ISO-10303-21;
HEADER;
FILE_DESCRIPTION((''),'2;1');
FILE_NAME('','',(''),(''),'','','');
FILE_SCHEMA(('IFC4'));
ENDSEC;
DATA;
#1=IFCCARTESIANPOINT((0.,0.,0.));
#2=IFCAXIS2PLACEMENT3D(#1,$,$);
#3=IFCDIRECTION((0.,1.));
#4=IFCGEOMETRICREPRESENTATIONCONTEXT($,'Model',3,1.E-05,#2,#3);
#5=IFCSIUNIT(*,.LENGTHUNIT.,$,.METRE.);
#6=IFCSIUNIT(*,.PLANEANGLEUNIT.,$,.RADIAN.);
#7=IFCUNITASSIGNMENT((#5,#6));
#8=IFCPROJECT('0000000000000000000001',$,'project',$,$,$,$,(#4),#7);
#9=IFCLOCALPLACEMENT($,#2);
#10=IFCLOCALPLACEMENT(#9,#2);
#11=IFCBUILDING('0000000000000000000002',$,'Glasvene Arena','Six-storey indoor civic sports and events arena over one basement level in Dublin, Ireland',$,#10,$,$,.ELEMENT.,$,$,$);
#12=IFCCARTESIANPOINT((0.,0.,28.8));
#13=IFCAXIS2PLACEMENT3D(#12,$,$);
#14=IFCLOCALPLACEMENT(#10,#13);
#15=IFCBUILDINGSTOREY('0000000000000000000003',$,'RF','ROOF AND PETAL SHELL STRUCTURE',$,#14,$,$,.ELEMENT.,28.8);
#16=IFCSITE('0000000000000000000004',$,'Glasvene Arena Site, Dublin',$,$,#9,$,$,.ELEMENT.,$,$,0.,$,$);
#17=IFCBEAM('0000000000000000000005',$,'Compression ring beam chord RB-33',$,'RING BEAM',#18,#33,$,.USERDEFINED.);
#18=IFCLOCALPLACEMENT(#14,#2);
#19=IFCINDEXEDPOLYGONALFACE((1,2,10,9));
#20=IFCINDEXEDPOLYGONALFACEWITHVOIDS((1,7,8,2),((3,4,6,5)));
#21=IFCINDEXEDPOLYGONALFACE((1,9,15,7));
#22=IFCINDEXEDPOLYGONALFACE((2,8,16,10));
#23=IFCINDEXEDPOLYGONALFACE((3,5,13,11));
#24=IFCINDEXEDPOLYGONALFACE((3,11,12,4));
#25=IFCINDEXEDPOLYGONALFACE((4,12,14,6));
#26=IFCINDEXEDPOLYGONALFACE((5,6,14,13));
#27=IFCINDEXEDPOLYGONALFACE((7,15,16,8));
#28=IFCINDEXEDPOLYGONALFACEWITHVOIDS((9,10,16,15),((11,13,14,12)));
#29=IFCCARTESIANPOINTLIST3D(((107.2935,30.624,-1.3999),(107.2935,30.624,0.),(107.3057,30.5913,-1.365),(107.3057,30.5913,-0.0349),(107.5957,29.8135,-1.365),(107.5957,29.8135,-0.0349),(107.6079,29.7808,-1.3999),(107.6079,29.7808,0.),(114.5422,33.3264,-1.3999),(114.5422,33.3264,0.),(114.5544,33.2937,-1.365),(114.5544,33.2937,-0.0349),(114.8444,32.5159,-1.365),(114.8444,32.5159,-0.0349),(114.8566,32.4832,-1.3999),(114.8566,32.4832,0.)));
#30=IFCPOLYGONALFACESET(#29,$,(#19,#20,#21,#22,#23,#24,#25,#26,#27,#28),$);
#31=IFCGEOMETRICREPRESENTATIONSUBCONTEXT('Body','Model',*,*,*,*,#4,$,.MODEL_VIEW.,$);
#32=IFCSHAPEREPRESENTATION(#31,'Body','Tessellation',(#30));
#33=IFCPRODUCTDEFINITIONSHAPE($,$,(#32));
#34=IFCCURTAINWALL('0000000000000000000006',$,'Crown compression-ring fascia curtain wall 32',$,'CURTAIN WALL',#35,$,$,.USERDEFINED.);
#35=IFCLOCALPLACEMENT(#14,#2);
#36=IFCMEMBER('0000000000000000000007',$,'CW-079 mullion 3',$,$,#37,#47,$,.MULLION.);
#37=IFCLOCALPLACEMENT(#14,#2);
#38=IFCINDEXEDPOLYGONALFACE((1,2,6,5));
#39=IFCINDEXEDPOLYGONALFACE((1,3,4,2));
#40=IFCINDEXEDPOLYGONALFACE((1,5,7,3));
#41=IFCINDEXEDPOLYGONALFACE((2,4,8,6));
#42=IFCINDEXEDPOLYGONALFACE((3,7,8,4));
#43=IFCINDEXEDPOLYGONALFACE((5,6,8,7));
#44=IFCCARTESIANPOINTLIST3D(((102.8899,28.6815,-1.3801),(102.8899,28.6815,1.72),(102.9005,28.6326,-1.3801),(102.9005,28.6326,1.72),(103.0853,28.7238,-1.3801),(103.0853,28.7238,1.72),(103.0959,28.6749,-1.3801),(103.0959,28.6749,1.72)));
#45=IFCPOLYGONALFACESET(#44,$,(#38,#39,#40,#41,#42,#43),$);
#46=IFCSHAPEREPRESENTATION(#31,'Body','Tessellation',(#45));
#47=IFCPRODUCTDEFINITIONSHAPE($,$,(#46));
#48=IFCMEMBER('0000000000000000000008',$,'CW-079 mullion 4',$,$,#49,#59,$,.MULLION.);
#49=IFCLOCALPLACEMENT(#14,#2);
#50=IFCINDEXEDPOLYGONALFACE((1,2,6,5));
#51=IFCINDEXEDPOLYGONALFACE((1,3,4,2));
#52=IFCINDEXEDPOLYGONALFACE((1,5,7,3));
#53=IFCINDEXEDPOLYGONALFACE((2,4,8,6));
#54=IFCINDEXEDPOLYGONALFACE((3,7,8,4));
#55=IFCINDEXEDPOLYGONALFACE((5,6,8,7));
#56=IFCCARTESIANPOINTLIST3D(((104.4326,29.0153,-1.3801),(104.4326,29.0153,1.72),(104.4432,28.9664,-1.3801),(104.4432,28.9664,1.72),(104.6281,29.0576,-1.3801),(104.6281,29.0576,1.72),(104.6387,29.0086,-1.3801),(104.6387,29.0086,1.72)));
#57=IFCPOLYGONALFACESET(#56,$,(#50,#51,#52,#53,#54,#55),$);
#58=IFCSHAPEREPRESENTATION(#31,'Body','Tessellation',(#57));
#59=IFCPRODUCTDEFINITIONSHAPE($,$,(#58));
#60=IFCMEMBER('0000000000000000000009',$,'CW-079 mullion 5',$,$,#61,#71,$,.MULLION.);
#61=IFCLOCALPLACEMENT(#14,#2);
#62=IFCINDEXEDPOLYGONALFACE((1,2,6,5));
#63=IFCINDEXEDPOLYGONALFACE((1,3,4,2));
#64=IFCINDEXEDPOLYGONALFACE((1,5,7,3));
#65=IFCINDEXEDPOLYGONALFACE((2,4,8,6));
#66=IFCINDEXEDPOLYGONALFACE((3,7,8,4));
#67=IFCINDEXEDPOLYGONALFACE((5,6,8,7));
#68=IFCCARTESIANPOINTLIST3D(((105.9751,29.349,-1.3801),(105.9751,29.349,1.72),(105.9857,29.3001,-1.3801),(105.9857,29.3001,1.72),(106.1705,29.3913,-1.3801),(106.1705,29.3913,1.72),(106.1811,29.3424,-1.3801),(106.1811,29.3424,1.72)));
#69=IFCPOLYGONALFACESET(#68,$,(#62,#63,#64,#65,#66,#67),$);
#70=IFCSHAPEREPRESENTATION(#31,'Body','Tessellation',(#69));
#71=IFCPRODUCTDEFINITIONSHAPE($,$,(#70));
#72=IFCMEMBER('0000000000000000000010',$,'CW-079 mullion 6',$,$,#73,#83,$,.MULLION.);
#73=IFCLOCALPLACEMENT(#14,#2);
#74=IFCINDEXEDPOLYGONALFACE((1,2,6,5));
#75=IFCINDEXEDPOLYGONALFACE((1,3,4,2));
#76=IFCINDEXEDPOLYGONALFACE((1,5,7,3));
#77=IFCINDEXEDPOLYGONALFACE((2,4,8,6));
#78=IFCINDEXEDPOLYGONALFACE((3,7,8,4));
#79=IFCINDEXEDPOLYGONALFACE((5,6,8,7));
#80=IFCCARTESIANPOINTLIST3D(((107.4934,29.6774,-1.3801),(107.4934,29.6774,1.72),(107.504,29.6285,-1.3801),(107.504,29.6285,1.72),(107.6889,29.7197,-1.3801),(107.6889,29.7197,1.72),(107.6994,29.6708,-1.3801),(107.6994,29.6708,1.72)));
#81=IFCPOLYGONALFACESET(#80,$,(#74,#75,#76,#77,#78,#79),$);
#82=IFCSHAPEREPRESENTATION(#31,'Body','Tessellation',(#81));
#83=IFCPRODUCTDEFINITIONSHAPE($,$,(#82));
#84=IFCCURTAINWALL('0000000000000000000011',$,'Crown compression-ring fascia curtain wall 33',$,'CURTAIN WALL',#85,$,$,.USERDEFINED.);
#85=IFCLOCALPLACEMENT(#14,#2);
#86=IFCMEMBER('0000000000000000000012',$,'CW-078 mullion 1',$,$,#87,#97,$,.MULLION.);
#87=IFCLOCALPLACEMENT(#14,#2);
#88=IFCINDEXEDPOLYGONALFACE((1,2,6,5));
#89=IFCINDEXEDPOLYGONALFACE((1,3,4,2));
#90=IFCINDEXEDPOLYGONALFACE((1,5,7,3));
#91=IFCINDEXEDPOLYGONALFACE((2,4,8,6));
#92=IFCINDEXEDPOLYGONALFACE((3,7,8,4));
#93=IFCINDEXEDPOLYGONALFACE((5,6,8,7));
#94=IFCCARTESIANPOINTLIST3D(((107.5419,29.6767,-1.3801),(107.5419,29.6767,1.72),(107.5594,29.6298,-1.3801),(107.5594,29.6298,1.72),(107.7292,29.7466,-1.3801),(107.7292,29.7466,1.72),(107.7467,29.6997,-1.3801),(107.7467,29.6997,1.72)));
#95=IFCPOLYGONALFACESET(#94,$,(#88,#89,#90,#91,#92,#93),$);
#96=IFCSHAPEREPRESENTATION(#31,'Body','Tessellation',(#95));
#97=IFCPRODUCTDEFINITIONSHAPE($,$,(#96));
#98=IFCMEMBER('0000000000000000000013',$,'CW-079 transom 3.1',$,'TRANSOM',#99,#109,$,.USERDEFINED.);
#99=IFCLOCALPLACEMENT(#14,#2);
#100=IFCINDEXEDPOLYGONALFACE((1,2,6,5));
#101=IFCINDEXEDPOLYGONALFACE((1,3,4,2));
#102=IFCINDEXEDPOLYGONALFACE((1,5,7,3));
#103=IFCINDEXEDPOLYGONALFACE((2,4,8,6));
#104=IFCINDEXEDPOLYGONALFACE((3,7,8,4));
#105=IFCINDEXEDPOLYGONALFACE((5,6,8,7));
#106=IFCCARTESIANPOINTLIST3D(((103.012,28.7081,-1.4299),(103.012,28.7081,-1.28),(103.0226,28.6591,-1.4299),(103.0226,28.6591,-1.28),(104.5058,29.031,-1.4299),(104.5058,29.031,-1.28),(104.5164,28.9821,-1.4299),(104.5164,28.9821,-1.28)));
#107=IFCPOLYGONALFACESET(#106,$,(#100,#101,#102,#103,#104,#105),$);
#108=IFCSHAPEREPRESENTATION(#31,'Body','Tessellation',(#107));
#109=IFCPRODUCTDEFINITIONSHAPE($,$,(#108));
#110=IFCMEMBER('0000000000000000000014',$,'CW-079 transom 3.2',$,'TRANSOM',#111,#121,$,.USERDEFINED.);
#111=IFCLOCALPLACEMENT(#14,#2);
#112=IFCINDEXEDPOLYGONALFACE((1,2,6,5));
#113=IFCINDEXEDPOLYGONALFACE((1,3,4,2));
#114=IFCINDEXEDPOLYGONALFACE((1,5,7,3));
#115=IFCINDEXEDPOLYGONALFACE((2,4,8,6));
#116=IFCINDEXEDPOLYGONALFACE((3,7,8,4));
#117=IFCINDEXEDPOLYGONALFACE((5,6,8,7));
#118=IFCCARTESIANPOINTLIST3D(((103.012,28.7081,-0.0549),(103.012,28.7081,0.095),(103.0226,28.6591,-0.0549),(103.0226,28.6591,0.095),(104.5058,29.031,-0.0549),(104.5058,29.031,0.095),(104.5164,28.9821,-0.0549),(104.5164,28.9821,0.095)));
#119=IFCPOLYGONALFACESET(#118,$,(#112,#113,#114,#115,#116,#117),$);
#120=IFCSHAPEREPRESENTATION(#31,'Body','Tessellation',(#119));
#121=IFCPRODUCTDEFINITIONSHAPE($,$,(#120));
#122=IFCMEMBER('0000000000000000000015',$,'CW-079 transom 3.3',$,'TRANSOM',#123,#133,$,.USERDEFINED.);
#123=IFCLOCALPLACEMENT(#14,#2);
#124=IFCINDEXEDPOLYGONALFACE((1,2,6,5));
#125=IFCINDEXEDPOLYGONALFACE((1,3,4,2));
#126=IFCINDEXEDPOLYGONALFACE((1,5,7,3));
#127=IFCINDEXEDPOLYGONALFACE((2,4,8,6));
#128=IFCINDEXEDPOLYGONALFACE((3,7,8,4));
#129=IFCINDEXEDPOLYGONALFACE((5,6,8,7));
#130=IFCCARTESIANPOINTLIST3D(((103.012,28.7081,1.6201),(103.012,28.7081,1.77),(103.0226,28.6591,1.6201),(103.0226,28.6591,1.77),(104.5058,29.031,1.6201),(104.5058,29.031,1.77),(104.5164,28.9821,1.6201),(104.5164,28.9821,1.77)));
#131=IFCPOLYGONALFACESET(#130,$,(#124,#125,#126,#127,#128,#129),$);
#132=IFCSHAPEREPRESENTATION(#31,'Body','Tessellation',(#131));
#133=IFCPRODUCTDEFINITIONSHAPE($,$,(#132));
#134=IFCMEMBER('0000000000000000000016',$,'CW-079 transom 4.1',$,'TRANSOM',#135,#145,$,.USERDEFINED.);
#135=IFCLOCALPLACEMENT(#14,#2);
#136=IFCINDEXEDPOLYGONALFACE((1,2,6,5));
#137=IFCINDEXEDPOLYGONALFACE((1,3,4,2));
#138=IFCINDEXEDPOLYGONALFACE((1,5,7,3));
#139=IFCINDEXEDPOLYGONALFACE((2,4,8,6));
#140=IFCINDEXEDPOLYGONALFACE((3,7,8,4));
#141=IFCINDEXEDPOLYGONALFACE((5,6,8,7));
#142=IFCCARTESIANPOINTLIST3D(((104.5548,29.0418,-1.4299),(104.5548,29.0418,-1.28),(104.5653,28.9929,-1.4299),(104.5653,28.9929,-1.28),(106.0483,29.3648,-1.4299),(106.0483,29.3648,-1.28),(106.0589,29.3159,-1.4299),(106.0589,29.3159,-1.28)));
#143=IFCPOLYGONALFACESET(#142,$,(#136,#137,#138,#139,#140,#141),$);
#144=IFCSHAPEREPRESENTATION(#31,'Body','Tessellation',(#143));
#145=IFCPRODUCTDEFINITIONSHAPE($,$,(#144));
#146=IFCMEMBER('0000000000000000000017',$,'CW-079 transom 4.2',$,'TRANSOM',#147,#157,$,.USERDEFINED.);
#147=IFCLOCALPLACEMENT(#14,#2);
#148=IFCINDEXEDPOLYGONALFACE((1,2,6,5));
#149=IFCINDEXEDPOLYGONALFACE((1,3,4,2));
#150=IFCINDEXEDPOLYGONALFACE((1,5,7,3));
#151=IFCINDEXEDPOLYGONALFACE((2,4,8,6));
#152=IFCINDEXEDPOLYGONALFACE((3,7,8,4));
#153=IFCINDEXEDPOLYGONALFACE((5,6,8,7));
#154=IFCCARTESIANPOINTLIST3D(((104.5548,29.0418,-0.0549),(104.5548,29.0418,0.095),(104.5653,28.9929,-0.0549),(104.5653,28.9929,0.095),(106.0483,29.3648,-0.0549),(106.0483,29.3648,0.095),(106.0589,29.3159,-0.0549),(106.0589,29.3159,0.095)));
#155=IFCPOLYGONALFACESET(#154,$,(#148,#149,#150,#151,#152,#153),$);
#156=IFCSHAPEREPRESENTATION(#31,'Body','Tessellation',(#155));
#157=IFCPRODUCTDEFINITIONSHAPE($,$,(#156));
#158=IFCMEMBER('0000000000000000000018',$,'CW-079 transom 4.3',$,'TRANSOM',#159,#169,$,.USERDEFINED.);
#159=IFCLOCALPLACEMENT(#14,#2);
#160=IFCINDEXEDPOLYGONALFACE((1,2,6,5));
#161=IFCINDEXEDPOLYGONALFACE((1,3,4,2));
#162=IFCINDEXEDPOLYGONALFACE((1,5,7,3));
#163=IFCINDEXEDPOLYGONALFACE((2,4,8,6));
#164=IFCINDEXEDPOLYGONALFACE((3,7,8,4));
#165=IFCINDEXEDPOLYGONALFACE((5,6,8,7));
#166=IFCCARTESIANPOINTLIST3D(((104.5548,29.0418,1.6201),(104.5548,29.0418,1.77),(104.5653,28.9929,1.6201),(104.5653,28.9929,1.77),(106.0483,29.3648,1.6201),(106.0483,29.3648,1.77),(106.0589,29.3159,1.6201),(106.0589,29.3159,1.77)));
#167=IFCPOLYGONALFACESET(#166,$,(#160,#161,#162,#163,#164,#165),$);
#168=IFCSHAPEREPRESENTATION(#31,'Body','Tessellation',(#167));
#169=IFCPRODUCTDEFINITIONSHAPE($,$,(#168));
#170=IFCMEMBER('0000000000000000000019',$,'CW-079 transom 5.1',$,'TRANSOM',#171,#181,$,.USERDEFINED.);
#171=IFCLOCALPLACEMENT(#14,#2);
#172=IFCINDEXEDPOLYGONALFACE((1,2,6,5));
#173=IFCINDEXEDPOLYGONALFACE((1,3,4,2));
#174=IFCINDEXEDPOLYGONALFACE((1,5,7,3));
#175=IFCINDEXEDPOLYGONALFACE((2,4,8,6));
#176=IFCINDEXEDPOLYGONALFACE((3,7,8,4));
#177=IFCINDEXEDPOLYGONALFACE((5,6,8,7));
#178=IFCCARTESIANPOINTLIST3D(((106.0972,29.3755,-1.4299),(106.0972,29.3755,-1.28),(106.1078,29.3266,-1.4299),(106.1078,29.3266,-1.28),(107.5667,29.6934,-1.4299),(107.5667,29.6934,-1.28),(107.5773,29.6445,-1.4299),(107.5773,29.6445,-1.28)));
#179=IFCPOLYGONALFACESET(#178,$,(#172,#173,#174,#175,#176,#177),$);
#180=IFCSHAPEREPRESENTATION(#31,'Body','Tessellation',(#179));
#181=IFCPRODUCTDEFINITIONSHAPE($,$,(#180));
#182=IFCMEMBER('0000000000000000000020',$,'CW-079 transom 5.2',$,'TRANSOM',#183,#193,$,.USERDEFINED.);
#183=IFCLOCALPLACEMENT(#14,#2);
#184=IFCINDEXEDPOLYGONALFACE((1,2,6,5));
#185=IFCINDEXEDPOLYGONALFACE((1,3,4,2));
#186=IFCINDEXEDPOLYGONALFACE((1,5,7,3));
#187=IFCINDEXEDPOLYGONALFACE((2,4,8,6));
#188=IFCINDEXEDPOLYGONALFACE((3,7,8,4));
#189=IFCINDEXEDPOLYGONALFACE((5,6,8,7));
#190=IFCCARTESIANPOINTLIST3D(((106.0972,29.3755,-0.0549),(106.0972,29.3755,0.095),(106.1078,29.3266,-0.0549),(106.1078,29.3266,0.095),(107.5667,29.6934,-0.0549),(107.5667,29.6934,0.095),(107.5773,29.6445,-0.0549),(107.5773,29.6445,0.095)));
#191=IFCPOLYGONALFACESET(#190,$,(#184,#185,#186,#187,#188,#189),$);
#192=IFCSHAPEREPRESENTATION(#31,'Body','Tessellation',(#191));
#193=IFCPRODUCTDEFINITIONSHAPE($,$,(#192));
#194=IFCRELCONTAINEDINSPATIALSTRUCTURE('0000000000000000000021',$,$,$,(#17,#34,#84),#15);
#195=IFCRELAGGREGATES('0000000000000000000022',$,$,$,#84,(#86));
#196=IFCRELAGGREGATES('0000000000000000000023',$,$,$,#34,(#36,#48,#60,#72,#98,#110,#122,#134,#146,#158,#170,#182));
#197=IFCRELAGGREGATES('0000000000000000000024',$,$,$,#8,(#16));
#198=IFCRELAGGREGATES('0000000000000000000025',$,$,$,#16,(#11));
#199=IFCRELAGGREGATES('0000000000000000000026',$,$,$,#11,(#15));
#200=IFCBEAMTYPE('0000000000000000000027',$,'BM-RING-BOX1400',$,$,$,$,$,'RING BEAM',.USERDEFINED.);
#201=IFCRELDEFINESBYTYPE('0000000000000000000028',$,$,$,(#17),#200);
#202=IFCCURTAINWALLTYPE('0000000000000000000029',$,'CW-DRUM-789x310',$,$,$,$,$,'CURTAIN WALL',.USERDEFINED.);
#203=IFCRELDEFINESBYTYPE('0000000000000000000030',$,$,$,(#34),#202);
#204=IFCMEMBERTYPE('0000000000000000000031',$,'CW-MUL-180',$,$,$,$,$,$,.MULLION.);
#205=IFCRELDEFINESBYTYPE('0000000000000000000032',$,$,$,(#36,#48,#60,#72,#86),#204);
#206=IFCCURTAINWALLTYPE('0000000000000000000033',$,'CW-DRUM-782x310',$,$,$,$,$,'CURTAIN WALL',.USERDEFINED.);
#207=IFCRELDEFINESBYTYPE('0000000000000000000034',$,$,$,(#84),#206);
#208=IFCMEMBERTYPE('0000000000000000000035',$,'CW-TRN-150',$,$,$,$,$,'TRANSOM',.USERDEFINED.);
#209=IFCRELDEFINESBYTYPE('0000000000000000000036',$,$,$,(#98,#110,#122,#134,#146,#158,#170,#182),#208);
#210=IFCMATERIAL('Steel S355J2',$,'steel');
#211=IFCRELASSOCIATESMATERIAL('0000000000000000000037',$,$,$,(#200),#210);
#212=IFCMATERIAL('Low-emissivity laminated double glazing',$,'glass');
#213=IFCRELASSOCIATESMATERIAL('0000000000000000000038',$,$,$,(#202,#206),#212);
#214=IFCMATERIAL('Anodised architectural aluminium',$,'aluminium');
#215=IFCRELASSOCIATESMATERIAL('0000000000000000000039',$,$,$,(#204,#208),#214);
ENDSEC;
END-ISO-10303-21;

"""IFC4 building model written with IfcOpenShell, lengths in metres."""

from ifc_helpers import new_model, si_unit, direction, frame, origin, origin_2d, place, context, subcontext, project, spatial, rectangle, hollow_rectangle, extrude, material, material_profile, profile_set, type_object, element, aggregate, save


model = new_model("IFC4")

# Units and contexts
model_context = context("Model", 3, precision=1e-05, world=origin(), true_north=direction((0.0, 1.0)))
body_context = subcontext(model_context, "Body", "Model", "MODEL_VIEW")
ifc_project = project(units=[si_unit("LENGTHUNIT", "METRE"), si_unit("PLANEANGLEUNIT", "RADIAN")], contexts=[model_context])

# Site, building, storey
site_placement = place(None, origin())
site = spatial("IfcSite", under=ifc_project, at=site_placement, Name="Glasvene Arena Site, Dublin", CompositionType="ELEMENT", RefElevation=0.0)
building_placement = place(site_placement, origin())
building = spatial("IfcBuilding", under=site, at=building_placement, Name="Glasvene Arena", Description="Six-storey indoor civic sports and events arena over one basement level in Dublin, Ireland", CompositionType="ELEMENT")
storey_placement = place(building_placement, frame((0.0, 0.0, 28.8)))
storey = spatial("IfcBuildingStorey", under=building, at=storey_placement, Name="RF", Description="ROOF AND PETAL SHELL STRUCTURE", CompositionType="ELEMENT", Elevation=28.8)

# Beam
ifc_material_1 = material(Name="Steel S355J2", Category="steel")
ifc_material_profile_1 = material_profile(ifc_material_1, hollow_rectangle(XDim=0.8999, YDim=1.3999, WallThickness=0.0349, at=origin_2d()), Name="WBOX 900x1400x35")
ifc_profile_set_1 = profile_set([ifc_material_profile_1], Name="Steel S355J2")
beam_type = type_object("IfcBeamType", Name="BM-RING-BOX1400", ElementType="RING BEAM", PredefinedType="USERDEFINED", material=ifc_profile_set_1)
beam_placement = place(storey_placement, frame((107.4507, 30.2024, -0.7), z_axis=(0.937003, 0.349321, 0.0), x_axis=(-0.349321, 0.937003, 0.0)))
element("IfcBeam", 1, at=beam_placement, inside=storey, type_object=beam_type, Name="Compression ring beam chord RB-33", ObjectType="RING BEAM", PredefinedType="USERDEFINED", context=body_context, shape_type="SweptSolid", body=[
    extrude(hollow_rectangle(XDim=0.8999, YDim=1.3999, WallThickness=0.0349, at=origin_2d()), origin(), (0.0, 0.0, 1.0), 7.7361),
])

# Curtain wall, members
ifc_material_2 = material(Name="Low-emissivity laminated double glazing", Category="glass")
curtain_wall_type_1 = type_object("IfcCurtainWallType", Name="CW-DRUM-789x310", ElementType="CURTAIN WALL", PredefinedType="USERDEFINED", material=ifc_material_2)
curtain_wall_1_placement = place(storey_placement, frame((99.9077, 28.0107, 0.0)))
curtain_wall_1 = element("IfcCurtainWall", 2, at=curtain_wall_1_placement, inside=storey, type_object=curtain_wall_type_1, Name="Crown compression-ring fascia curtain wall 32", ObjectType="CURTAIN WALL", PredefinedType="USERDEFINED")
ifc_material_3 = material(Name="Anodised architectural aluminium", Category="aluminium")
ifc_material_profile_2 = material_profile(ifc_material_3, rectangle(XDim=0.05, YDim=0.2, at=origin_2d()), Name="ALU MULLION 50x200")
ifc_profile_set_2 = profile_set([ifc_material_profile_2], Name="Anodised architectural aluminium")
member_type_1 = type_object("IfcMemberType", Name="CW-MUL-180", PredefinedType="MULLION", material=ifc_profile_set_2)
member_1_placement = place(storey_placement, frame((102.9929, 28.6782, -1.3801), z_axis=(0.0, 0.0, 1.0), x_axis=(-0.211445, 0.97739, 0.0)))
member_1 = element("IfcMember", 3, at=member_1_placement, type_object=member_type_1, Name="CW-079 mullion 3", PredefinedType="MULLION", context=body_context, shape_type="SweptSolid", body=[
    extrude(rectangle(XDim=0.05, YDim=0.2, at=origin_2d()), origin(), (0.0, 0.0, 1.0), 3.1001),
])
member_2_placement = place(storey_placement, frame((104.5356, 29.012, -1.3801), z_axis=(0.0, 0.0, 1.0), x_axis=(-0.211445, 0.97739, 0.0)))
member_2 = element("IfcMember", 4, at=member_2_placement, type_object=member_type_1, Name="CW-079 mullion 4", PredefinedType="MULLION", context=body_context, shape_type="SweptSolid", body=[
    extrude(rectangle(XDim=0.05, YDim=0.2, at=origin_2d()), origin(), (0.0, 0.0, 1.0), 3.1001),
])
member_3_placement = place(storey_placement, frame((106.0781, 29.3457, -1.3801), z_axis=(0.0, 0.0, 1.0), x_axis=(-0.211445, 0.97739, 0.0)))
member_3 = element("IfcMember", 5, at=member_3_placement, type_object=member_type_1, Name="CW-079 mullion 5", PredefinedType="MULLION", context=body_context, shape_type="SweptSolid", body=[
    extrude(rectangle(XDim=0.05, YDim=0.2, at=origin_2d()), origin(), (0.0, 0.0, 1.0), 3.1001),
])
member_4_placement = place(storey_placement, frame((107.5964, 29.6741, -1.3801), z_axis=(0.0, 0.0, 1.0), x_axis=(-0.211445, 0.97739, 0.0)))
member_4 = element("IfcMember", 6, at=member_4_placement, type_object=member_type_1, Name="CW-079 mullion 6", PredefinedType="MULLION", context=body_context, shape_type="SweptSolid", body=[
    extrude(rectangle(XDim=0.05, YDim=0.2, at=origin_2d()), origin(), (0.0, 0.0, 1.0), 3.1001),
])

# Curtain wall, member
curtain_wall_type_2 = type_object("IfcCurtainWallType", Name="CW-DRUM-782x310", ElementType="CURTAIN WALL", PredefinedType="USERDEFINED", material=ifc_material_2)
curtain_wall_2_placement = place(storey_placement, frame((107.6208, 29.6794, 0.0)))
curtain_wall_2 = element("IfcCurtainWall", 7, at=curtain_wall_2_placement, inside=storey, type_object=curtain_wall_type_2, Name="Crown compression-ring fascia curtain wall 33", ObjectType="CURTAIN WALL", PredefinedType="USERDEFINED")
member_5_placement = place(storey_placement, frame((107.6443, 29.6882, -1.3801), z_axis=(0.0, 0.0, 1.0), x_axis=(-0.349683, 0.936868, 0.0)))
member_5 = element("IfcMember", 8, at=member_5_placement, type_object=member_type_1, Name="CW-078 mullion 1", PredefinedType="MULLION", context=body_context, shape_type="SweptSolid", body=[
    extrude(rectangle(XDim=0.05, YDim=0.2, at=origin_2d()), origin(), (0.0, 0.0, 1.0), 3.1001),
])

# Members
ifc_material_profile_3 = material_profile(ifc_material_3, rectangle(XDim=0.05, YDim=0.1499, at=origin_2d()), Name="ALU TRANSOM 50x150")
ifc_profile_set_3 = profile_set([ifc_material_profile_3], Name="Anodised architectural aluminium")
member_type_2 = type_object("IfcMemberType", Name="CW-TRN-150", ElementType="TRANSOM", PredefinedType="USERDEFINED", material=ifc_profile_set_3)
member_6_placement = place(storey_placement, frame((103.0173, 28.6836, -1.355), z_axis=(0.977415, 0.211329, 0.0), x_axis=(-0.211329, 0.977415, 0.0)))
member_6 = element("IfcMember", 9, at=member_6_placement, type_object=member_type_2, Name="CW-079 transom 3.1", ObjectType="TRANSOM", PredefinedType="USERDEFINED", context=body_context, shape_type="SweptSolid", body=[
    extrude(rectangle(XDim=0.05, YDim=0.1499, at=origin_2d()), origin(), (0.0, 0.0, 1.0), 1.5283),
])
member_7_placement = place(storey_placement, frame((103.0173, 28.6836, 0.02), z_axis=(0.977415, 0.211329, 0.0), x_axis=(-0.211329, 0.977415, 0.0)))
member_7 = element("IfcMember", 10, at=member_7_placement, type_object=member_type_2, Name="CW-079 transom 3.2", ObjectType="TRANSOM", PredefinedType="USERDEFINED", context=body_context, shape_type="SweptSolid", body=[
    extrude(rectangle(XDim=0.05, YDim=0.1499, at=origin_2d()), origin(), (0.0, 0.0, 1.0), 1.5283),
])
member_8_placement = place(storey_placement, frame((103.0173, 28.6836, 1.6951), z_axis=(0.977415, 0.211329, 0.0), x_axis=(-0.211329, 0.977415, 0.0)))
member_8 = element("IfcMember", 11, at=member_8_placement, type_object=member_type_2, Name="CW-079 transom 3.3", ObjectType="TRANSOM", PredefinedType="USERDEFINED", context=body_context, shape_type="SweptSolid", body=[
    extrude(rectangle(XDim=0.05, YDim=0.1499, at=origin_2d()), origin(), (0.0, 0.0, 1.0), 1.5283),
])
member_9_placement = place(storey_placement, frame((104.5601, 29.0173, -1.355), z_axis=(0.977408, 0.211362, 0.0), x_axis=(-0.211362, 0.977408, 0.0)))
member_9 = element("IfcMember", 12, at=member_9_placement, type_object=member_type_2, Name="CW-079 transom 4.1", ObjectType="TRANSOM", PredefinedType="USERDEFINED", context=body_context, shape_type="SweptSolid", body=[
    extrude(rectangle(XDim=0.05, YDim=0.1499, at=origin_2d()), origin(), (0.0, 0.0, 1.0), 1.5281),
])
member_10_placement = place(storey_placement, frame((104.5601, 29.0173, 0.02), z_axis=(0.977408, 0.211362, 0.0), x_axis=(-0.211362, 0.977408, 0.0)))
member_10 = element("IfcMember", 13, at=member_10_placement, type_object=member_type_2, Name="CW-079 transom 4.2", ObjectType="TRANSOM", PredefinedType="USERDEFINED", context=body_context, shape_type="SweptSolid", body=[
    extrude(rectangle(XDim=0.05, YDim=0.1499, at=origin_2d()), origin(), (0.0, 0.0, 1.0), 1.5281),
])
member_11_placement = place(storey_placement, frame((104.5601, 29.0173, 1.6951), z_axis=(0.977408, 0.211362, 0.0), x_axis=(-0.211362, 0.977408, 0.0)))
member_11 = element("IfcMember", 14, at=member_11_placement, type_object=member_type_2, Name="CW-079 transom 4.3", ObjectType="TRANSOM", PredefinedType="USERDEFINED", context=body_context, shape_type="SweptSolid", body=[
    extrude(rectangle(XDim=0.05, YDim=0.1499, at=origin_2d()), origin(), (0.0, 0.0, 1.0), 1.5281),
])
member_12_placement = place(storey_placement, frame((106.1025, 29.3511, -1.355), z_axis=(0.977394, 0.211425, 0.0), x_axis=(-0.211425, 0.977394, 0.0)))
member_12 = element("IfcMember", 15, at=member_12_placement, type_object=member_type_2, Name="CW-079 transom 5.1", ObjectType="TRANSOM", PredefinedType="USERDEFINED", context=body_context, shape_type="SweptSolid", body=[
    extrude(rectangle(XDim=0.05, YDim=0.1499, at=origin_2d()), origin(), (0.0, 0.0, 1.0), 1.5034),
])
member_13_placement = place(storey_placement, frame((106.1025, 29.3511, 0.02), z_axis=(0.977394, 0.211425, 0.0), x_axis=(-0.211425, 0.977394, 0.0)))
member_13 = element("IfcMember", 16, at=member_13_placement, type_object=member_type_2, Name="CW-079 transom 5.2", ObjectType="TRANSOM", PredefinedType="USERDEFINED", context=body_context, shape_type="SweptSolid", body=[
    extrude(rectangle(XDim=0.05, YDim=0.1499, at=origin_2d()), origin(), (0.0, 0.0, 1.0), 1.5034),
])
aggregate(curtain_wall_2, [member_5])

aggregate(curtain_wall_1, [member_1, member_2, member_3, member_4, member_6, member_7, member_8, member_9, member_10, member_11, member_12, member_13])

save(model, "model.ifc")
